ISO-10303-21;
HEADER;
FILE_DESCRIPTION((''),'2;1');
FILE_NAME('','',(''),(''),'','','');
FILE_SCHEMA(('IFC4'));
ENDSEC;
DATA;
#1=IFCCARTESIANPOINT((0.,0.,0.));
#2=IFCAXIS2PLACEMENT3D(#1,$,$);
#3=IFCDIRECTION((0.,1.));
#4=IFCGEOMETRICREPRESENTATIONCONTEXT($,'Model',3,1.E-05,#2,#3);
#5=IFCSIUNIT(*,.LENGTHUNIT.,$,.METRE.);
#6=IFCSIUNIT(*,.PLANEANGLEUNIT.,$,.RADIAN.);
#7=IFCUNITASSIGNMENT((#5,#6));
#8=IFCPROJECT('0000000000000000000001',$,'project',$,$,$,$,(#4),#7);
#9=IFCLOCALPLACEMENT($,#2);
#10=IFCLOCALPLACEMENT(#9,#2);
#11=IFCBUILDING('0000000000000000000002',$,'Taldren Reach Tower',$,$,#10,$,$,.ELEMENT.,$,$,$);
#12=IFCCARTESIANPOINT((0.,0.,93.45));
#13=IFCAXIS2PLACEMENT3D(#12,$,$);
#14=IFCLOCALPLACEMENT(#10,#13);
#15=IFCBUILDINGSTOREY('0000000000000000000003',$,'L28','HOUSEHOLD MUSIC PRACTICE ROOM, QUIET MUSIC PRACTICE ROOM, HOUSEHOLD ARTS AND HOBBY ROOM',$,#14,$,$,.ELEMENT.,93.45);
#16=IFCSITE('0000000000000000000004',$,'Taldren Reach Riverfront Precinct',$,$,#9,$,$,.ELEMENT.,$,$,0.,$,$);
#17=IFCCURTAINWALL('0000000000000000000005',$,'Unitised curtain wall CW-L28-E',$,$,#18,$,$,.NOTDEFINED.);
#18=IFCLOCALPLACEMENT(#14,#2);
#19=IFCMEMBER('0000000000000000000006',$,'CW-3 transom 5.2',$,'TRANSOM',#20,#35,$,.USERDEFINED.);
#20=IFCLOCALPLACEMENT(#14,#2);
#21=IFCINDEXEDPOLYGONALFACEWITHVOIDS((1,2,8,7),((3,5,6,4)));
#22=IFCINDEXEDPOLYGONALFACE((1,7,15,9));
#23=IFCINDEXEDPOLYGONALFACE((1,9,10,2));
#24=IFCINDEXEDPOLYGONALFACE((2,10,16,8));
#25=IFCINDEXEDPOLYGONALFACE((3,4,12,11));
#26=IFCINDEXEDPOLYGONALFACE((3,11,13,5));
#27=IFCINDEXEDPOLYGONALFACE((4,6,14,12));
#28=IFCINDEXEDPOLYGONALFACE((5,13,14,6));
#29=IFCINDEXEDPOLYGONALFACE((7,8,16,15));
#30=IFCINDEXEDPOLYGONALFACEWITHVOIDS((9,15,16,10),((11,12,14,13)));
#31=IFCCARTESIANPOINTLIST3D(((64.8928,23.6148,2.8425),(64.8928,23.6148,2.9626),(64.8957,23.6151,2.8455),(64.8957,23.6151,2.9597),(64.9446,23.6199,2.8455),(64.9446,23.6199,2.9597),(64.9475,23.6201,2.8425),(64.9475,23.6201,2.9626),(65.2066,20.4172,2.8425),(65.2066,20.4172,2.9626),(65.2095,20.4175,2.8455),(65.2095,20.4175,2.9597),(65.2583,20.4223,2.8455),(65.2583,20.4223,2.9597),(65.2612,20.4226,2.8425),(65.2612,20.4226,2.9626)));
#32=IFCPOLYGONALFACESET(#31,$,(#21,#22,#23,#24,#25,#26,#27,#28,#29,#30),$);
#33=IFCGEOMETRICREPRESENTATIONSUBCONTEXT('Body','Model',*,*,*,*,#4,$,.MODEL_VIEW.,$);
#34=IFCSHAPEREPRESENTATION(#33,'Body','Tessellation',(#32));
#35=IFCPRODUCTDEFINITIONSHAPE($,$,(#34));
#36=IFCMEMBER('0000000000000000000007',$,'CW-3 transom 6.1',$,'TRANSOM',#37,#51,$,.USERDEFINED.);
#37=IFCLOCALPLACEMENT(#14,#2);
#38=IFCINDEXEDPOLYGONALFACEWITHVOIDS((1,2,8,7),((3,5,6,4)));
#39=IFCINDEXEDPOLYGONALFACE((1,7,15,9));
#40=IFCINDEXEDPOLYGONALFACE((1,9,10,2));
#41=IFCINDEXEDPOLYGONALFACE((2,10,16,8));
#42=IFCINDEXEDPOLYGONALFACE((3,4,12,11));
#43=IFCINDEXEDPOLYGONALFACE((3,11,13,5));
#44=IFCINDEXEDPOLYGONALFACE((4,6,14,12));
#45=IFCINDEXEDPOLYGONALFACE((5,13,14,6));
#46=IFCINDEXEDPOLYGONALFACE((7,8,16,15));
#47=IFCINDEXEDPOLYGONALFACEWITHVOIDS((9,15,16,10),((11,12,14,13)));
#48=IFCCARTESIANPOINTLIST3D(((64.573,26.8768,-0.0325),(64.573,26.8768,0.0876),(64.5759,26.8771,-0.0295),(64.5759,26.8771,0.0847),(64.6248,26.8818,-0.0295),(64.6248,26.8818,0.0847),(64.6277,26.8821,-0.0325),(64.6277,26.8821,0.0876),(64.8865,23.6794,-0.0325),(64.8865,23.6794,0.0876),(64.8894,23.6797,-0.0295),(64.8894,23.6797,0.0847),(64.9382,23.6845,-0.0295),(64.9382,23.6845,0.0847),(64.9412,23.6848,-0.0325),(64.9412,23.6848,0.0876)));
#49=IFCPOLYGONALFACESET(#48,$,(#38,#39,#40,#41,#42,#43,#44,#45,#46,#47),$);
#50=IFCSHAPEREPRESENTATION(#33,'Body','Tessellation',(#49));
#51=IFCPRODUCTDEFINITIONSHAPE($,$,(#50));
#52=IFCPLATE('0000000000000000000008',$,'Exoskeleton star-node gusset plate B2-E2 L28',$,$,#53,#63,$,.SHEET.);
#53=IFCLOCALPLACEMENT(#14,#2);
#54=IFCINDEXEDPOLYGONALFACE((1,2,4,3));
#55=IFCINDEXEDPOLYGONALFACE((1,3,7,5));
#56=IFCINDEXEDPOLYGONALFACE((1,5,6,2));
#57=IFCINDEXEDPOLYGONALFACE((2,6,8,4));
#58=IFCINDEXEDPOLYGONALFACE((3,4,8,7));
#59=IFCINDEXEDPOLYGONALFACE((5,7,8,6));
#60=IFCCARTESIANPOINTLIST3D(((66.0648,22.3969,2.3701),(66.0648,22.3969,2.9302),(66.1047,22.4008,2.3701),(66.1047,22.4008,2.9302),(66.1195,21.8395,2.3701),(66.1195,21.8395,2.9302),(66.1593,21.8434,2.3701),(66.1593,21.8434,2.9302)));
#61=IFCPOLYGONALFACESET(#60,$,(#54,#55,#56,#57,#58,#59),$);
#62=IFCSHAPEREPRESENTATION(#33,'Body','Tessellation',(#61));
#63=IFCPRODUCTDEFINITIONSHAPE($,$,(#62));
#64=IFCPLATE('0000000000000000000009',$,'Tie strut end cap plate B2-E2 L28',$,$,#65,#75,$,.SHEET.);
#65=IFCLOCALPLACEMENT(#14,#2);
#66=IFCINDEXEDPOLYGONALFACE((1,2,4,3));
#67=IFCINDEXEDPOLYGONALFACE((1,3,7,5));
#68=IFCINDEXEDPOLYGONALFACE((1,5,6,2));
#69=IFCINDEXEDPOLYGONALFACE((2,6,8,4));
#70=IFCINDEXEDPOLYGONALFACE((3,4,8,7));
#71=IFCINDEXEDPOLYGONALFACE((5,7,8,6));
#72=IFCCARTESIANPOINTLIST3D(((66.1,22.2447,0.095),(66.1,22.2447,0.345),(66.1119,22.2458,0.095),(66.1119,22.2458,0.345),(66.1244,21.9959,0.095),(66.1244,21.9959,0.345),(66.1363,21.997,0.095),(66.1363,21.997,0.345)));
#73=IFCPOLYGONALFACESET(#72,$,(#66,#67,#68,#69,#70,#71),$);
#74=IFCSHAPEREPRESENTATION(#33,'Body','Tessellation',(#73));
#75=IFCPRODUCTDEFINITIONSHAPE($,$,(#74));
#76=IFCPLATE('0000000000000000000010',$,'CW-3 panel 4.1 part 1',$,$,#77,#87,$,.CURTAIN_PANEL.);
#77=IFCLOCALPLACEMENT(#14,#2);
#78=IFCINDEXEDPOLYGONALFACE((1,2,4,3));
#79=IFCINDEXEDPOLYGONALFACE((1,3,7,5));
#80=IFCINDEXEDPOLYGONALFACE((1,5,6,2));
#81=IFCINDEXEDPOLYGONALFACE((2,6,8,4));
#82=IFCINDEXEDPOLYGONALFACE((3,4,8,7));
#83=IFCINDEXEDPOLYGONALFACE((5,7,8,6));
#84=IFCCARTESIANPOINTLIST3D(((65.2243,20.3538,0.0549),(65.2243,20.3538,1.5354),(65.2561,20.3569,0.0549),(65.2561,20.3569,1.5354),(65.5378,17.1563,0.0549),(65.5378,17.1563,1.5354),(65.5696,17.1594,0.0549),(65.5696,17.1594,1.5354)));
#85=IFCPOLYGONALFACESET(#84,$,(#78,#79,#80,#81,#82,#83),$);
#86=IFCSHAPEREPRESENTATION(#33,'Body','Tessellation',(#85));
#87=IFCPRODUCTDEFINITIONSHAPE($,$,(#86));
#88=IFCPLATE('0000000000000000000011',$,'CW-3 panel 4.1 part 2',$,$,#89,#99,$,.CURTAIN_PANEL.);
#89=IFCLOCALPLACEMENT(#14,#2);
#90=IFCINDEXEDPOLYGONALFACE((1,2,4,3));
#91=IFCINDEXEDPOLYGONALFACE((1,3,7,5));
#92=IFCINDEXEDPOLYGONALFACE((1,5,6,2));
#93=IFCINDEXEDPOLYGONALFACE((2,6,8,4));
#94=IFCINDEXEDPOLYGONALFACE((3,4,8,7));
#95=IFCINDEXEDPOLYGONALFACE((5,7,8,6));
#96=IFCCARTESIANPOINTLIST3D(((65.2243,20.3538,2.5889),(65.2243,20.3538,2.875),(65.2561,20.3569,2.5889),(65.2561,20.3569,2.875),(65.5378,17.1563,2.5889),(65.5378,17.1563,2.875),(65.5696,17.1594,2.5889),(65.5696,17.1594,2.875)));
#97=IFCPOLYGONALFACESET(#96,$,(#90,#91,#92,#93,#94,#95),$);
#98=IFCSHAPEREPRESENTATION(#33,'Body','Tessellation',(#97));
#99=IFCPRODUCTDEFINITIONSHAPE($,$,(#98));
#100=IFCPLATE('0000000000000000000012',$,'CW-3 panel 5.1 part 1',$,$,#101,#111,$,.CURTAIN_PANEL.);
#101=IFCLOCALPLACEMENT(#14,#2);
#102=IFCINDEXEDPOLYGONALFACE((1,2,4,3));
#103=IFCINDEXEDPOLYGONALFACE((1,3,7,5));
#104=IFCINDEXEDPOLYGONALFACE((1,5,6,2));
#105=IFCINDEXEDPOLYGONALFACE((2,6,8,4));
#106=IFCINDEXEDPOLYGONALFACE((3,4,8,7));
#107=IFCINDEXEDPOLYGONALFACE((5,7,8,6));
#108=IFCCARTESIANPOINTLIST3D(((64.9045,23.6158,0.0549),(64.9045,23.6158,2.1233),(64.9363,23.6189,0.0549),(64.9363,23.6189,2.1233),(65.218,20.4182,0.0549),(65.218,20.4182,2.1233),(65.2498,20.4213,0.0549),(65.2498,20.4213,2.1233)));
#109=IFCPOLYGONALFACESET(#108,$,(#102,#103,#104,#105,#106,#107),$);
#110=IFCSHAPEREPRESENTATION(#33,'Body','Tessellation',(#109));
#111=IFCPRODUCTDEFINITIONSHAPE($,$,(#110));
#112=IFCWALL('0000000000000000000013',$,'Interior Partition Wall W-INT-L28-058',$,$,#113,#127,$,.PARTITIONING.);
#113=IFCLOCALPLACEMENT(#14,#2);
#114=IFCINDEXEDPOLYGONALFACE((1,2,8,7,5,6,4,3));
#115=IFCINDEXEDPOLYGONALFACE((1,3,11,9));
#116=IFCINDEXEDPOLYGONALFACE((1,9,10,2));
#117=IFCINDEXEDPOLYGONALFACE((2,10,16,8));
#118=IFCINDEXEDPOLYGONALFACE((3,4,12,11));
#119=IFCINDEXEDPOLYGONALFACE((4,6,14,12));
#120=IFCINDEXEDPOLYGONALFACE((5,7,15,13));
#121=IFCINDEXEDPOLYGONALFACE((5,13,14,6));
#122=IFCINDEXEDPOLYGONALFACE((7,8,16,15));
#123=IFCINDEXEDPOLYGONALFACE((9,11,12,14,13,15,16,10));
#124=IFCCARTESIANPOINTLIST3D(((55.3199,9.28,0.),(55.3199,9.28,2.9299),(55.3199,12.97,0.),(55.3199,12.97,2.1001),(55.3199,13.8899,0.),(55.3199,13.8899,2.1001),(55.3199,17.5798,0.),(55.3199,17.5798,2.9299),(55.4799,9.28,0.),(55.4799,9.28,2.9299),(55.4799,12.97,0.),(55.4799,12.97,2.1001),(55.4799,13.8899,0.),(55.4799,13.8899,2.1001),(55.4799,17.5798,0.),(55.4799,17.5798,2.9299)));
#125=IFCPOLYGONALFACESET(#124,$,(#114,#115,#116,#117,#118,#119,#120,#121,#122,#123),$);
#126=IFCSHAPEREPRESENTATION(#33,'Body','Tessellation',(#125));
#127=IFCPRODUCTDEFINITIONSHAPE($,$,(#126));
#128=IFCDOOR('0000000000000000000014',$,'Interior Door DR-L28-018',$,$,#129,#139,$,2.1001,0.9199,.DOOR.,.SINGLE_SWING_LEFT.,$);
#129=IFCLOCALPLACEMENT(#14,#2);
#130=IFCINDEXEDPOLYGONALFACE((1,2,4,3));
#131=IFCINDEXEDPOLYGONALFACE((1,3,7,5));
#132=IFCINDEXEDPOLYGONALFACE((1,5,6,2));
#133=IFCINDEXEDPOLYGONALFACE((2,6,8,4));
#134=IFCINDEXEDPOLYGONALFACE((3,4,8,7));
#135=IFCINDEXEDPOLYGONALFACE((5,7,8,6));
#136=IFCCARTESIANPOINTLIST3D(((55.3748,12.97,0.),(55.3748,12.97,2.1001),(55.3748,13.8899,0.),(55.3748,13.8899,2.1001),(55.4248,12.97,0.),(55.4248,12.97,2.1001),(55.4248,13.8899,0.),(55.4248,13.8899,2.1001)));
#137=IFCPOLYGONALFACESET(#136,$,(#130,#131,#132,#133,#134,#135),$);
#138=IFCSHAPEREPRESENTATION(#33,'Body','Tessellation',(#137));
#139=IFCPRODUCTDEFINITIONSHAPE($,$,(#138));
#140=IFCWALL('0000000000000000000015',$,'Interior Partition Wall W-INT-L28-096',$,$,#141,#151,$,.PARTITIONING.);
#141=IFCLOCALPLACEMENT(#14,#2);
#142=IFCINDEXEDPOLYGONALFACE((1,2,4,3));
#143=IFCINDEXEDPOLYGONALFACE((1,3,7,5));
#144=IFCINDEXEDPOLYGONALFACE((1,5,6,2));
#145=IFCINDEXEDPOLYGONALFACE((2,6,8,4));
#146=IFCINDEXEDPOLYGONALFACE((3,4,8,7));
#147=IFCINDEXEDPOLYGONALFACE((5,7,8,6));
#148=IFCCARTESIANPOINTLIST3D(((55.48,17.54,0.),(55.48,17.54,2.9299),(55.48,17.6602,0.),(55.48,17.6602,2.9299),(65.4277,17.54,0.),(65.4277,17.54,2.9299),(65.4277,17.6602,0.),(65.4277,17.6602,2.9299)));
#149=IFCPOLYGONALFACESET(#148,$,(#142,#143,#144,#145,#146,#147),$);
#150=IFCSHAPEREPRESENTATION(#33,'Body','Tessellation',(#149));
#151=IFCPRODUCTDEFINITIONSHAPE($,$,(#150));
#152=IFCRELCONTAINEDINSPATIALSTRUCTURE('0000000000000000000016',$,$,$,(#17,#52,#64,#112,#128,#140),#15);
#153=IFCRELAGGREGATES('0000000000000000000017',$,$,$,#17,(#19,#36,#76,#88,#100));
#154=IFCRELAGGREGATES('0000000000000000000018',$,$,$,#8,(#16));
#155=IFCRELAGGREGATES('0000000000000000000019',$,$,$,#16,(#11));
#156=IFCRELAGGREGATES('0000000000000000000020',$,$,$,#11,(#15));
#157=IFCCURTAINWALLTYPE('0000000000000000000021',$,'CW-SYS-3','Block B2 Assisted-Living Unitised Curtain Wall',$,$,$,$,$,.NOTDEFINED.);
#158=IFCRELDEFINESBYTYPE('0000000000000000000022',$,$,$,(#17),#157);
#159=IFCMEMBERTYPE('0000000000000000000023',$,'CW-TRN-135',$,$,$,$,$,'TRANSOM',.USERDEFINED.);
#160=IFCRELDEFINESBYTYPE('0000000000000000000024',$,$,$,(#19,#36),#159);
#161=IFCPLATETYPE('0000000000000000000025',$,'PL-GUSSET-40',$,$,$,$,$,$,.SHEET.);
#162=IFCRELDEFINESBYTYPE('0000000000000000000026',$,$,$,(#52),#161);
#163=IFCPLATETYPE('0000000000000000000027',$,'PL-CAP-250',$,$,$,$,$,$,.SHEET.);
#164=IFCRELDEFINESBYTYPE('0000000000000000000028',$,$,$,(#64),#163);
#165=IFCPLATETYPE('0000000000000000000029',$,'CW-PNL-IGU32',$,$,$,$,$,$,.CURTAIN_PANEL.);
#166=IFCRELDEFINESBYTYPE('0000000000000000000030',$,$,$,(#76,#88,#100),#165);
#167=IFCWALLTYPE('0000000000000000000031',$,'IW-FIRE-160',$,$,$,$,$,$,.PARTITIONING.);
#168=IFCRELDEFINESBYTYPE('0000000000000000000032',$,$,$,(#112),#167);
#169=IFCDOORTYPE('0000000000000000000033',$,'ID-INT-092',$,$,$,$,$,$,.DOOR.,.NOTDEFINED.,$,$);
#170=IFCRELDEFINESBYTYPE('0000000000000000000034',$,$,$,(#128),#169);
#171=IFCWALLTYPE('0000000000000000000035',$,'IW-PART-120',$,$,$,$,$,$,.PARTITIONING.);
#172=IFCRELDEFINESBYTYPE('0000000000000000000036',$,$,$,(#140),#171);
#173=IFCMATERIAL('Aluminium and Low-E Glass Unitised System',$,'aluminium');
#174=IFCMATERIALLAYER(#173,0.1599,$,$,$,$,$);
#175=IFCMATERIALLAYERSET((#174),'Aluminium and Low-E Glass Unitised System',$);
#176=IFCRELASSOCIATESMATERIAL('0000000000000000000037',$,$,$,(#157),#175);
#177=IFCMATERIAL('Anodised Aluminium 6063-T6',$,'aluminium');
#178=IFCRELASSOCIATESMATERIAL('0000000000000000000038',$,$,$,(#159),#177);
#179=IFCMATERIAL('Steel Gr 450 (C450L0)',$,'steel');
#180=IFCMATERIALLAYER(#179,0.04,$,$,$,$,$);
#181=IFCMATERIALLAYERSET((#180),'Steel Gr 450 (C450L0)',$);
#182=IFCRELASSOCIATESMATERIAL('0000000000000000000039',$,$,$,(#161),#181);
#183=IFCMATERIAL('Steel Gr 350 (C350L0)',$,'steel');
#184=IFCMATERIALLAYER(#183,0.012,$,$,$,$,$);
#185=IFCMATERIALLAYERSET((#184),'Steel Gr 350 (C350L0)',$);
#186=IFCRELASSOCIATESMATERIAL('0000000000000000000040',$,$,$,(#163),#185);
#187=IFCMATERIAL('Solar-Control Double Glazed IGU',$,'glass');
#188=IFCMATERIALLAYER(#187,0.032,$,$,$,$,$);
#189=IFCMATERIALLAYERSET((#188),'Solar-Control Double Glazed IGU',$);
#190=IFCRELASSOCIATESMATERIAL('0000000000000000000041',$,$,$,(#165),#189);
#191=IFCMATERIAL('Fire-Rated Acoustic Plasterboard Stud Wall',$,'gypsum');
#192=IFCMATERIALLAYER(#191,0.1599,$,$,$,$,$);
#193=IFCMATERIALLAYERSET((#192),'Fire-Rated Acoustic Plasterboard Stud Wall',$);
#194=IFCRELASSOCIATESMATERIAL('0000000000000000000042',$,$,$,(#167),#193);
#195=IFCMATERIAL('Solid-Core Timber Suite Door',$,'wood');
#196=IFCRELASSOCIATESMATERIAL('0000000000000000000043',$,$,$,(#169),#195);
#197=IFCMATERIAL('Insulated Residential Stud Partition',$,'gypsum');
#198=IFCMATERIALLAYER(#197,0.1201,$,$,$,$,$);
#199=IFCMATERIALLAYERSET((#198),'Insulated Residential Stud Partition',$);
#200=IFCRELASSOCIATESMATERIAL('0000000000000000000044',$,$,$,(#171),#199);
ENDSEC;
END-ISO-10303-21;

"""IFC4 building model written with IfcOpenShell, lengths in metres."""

from ifc_helpers import new_model, si_unit, direction, frame, frame_2d, origin, origin_2d, place, context, subcontext, project, spatial, rectangle, hollow_rectangle, extrude, source, transform, mapped, material, layer, layer_set, material_profile, profile_set, type_object, element, fill, aggregate, save


model = new_model("IFC4")

# Units and contexts
model_context = context("Model", 3, precision=1e-05, world=origin(), true_north=direction((0.0, 1.0)))
body_context = subcontext(model_context, "Body", "Model", "MODEL_VIEW")
ifc_project = project(units=[si_unit("LENGTHUNIT", "METRE"), si_unit("PLANEANGLEUNIT", "RADIAN")], contexts=[model_context])

# Site, building, storey
site_placement = place(None, origin())
site = spatial("IfcSite", under=ifc_project, at=site_placement, Name="Taldren Reach Riverfront Precinct", CompositionType="ELEMENT", RefElevation=0.0)
building_placement = place(site_placement, origin())
building = spatial("IfcBuilding", under=site, at=building_placement, Name="Taldren Reach Tower", CompositionType="ELEMENT")
storey_placement = place(building_placement, frame((0.0, 0.0, 93.45)))
storey = spatial("IfcBuildingStorey", under=building, at=storey_placement, Name="L28", Description="HOUSEHOLD MUSIC PRACTICE ROOM, QUIET MUSIC PRACTICE ROOM, HOUSEHOLD ARTS AND HOBBY ROOM", CompositionType="ELEMENT", Elevation=93.45)

# Shared definitions
ifc_material_1 = material(Name="Steel Gr 450 (C450L0)", Category="steel")
ifc_material_2 = material(Name="Steel Gr 350 (C350L0)", Category="steel")

# Curtain wall, members
ifc_material_3 = material(Name="Aluminium and Low-E Glass Unitised System", Category="aluminium")
ifc_layer_1 = layer(ifc_material_3, 0.1599)
ifc_layer_set_1 = layer_set([ifc_layer_1], Name="Aluminium and Low-E Glass Unitised System")
curtain_wall_type = type_object("IfcCurtainWallType", Name="CW-SYS-3", Description="Block B2 Assisted-Living Unitised Curtain Wall", PredefinedType="NOTDEFINED", material=ifc_layer_set_1)
curtain_wall_placement = place(storey_placement, origin())
curtain_wall = element("IfcCurtainWall", 1, at=curtain_wall_placement, inside=storey, type_object=curtain_wall_type, Name="Unitised curtain wall CW-L28-E", PredefinedType="NOTDEFINED")
ifc_material_4 = material(Name="Anodised Aluminium 6063-T6", Category="aluminium")
ifc_material_profile_1 = material_profile(ifc_material_4, hollow_rectangle(XDim=0.0549, YDim=0.1201, WallThickness=0.0029, at=origin_2d()), Name="ALU-120x55x3RHS")
ifc_profile_set_1 = profile_set([ifc_material_profile_1], Name="Anodised Aluminium 6063-T6")
member_type_1 = type_object("IfcMemberType", Name="CW-TRN-135", ElementType="TRANSOM", PredefinedType="USERDEFINED", material=ifc_profile_set_1)
shared_shape_1 = source(origin(), body_context, "Body", "SweptSolid", [
    extrude(hollow_rectangle(XDim=0.0549, YDim=0.1201, WallThickness=0.0029, at=origin_2d()), origin(), (0.0, 0.0, 1.0), 3.2129),
])
member_1_placement = place(storey_placement, frame((65.2339, 20.4199, 2.9026), z_axis=(-0.097645, 0.995221, 0.0), x_axis=(-0.995221, -0.097645, 0.0)))
member_1 = element("IfcMember", 2, at=member_1_placement, type_object=member_type_1, Name="CW-3 transom 5.2", ObjectType="TRANSOM", PredefinedType="USERDEFINED", context=body_context, shape_type="MappedRepresentation", body=[
    mapped(shared_shape_1, transform((0.0, 0.0, 0.0), scale=1.0)),
])
shared_shape_2 = source(origin(), body_context, "Body", "SweptSolid", [
    extrude(hollow_rectangle(XDim=0.0549, YDim=0.1201, WallThickness=0.0029, at=origin_2d()), origin(), (0.0, 0.0, 1.0), 3.2126),
])
member_2_placement = place(storey_placement, frame((64.9138, 23.6821, 0.0276), z_axis=(-0.097577, 0.995228, 0.0), x_axis=(-0.995228, -0.097577, 0.0)))
member_2 = element("IfcMember", 3, at=member_2_placement, type_object=member_type_1, Name="CW-3 transom 6.1", ObjectType="TRANSOM", PredefinedType="USERDEFINED", context=body_context, shape_type="MappedRepresentation", body=[
    mapped(shared_shape_2, transform((0.0, 0.0, 0.0), scale=1.0)),
])

# Plates
ifc_layer_2 = layer(ifc_material_1, 0.04)
ifc_layer_set_2 = layer_set([ifc_layer_2], Name="Steel Gr 450 (C450L0)")
plate_type_1 = type_object("IfcPlateType", Name="PL-GUSSET-40", PredefinedType="SHEET", material=ifc_layer_set_2)
shared_shape_3 = source(origin(), body_context, "Body", "SweptSolid", [
    extrude(rectangle(XDim=0.5601, YDim=0.04, at=origin_2d()), origin(), (0.0, 0.0, 1.0), 0.5601),
])
plate_1_placement = place(storey_placement, frame((66.1121, 22.1201, 2.3701), z_axis=(0.0, 0.0, 1.0), x_axis=(-0.097583, 0.995227, 0.0)))
element("IfcPlate", 4, at=plate_1_placement, inside=storey, type_object=plate_type_1, Name="Exoskeleton star-node gusset plate B2-E2 L28", PredefinedType="SHEET", context=body_context, shape_type="MappedRepresentation", body=[
    mapped(shared_shape_3, transform((0.0, 0.0, 0.0), scale=1.0)),
])
ifc_layer_3 = layer(ifc_material_2, 0.012)
ifc_layer_set_3 = layer_set([ifc_layer_3], Name="Steel Gr 350 (C350L0)")
plate_type_2 = type_object("IfcPlateType", Name="PL-CAP-250", PredefinedType="SHEET", material=ifc_layer_set_3)
shared_shape_4 = source(origin(), body_context, "Body", "SweptSolid", [
    extrude(rectangle(XDim=0.012, YDim=0.25, at=origin_2d()), origin(), (0.0, 0.0, 1.0), 0.25),
])
plate_2_placement = place(storey_placement, frame((66.1182, 22.1208, 0.095), z_axis=(0.0, 0.0, 1.0), x_axis=(0.995227, 0.097583, 0.0)))
element("IfcPlate", 5, at=plate_2_placement, inside=storey, type_object=plate_type_2, Name="Tie strut end cap plate B2-E2 L28", PredefinedType="SHEET", context=body_context, shape_type="MappedRepresentation", body=[
    mapped(shared_shape_4, transform((0.0, 0.0, 0.0), scale=1.0)),
])

# Plates
ifc_material_5 = material(Name="Solar-Control Double Glazed IGU", Category="glass")
ifc_layer_4 = layer(ifc_material_5, 0.032)
ifc_layer_set_4 = layer_set([ifc_layer_4], Name="Solar-Control Double Glazed IGU")
plate_type_3 = type_object("IfcPlateType", Name="CW-PNL-IGU32", PredefinedType="CURTAIN_PANEL", material=ifc_layer_set_4)
shared_shape_5 = source(origin(), body_context, "Body", "SweptSolid", [
    extrude(rectangle(XDim=3.2129, YDim=0.032, at=origin_2d()), origin(), (0.0, 0.0, 1.0), 1.4805),
])
plate_3_placement = place(storey_placement, frame((65.397, 18.7566, 0.0549), z_axis=(0.0, 0.0, 1.0), x_axis=(-0.097583, 0.995227, 0.0)))
plate_3 = element("IfcPlate", 6, at=plate_3_placement, type_object=plate_type_3, Name="CW-3 panel 4.1 part 1", PredefinedType="CURTAIN_PANEL", context=body_context, shape_type="MappedRepresentation", body=[
    mapped(shared_shape_5, transform((0.0, 0.0, 0.0), scale=1.0)),
])
shared_shape_6 = source(origin(), body_context, "Body", "SweptSolid", [
    extrude(rectangle(XDim=3.2129, YDim=0.032, at=origin_2d()), origin(), (0.0, 0.0, 1.0), 0.2861),
])
plate_4_placement = place(storey_placement, frame((65.397, 18.7566, 2.5889), z_axis=(0.0, 0.0, 1.0), x_axis=(-0.097583, 0.995227, 0.0)))
plate_4 = element("IfcPlate", 7, at=plate_4_placement, type_object=plate_type_3, Name="CW-3 panel 4.1 part 2", PredefinedType="CURTAIN_PANEL", context=body_context, shape_type="MappedRepresentation", body=[
    mapped(shared_shape_6, transform((0.0, 0.0, 0.0), scale=1.0)),
])
shared_shape_7 = source(origin(), body_context, "Body", "SweptSolid", [
    extrude(rectangle(XDim=3.2129, YDim=0.032, at=origin_2d()), origin(), (0.0, 0.0, 1.0), 2.0684),
])
plate_5_placement = place(storey_placement, frame((65.0771, 22.0186, 0.0549), z_axis=(0.0, 0.0, 1.0), x_axis=(-0.097583, 0.995227, 0.0)))
plate_5 = element("IfcPlate", 8, at=plate_5_placement, type_object=plate_type_3, Name="CW-3 panel 5.1 part 1", PredefinedType="CURTAIN_PANEL", context=body_context, shape_type="MappedRepresentation", body=[
    mapped(shared_shape_7, transform((0.0, 0.0, 0.0), scale=1.0)),
])
aggregate(curtain_wall, [member_1, member_2, plate_3, plate_4, plate_5])

# Wall, opening, door
ifc_material_6 = material(Name="Fire-Rated Acoustic Plasterboard Stud Wall", Category="gypsum")
ifc_layer_5 = layer(ifc_material_6, 0.1599)
ifc_layer_set_5 = layer_set([ifc_layer_5], Name="Fire-Rated Acoustic Plasterboard Stud Wall")
wall_type_1 = type_object("IfcWallType", Name="IW-FIRE-160", PredefinedType="PARTITIONING", material=ifc_layer_set_5)
shared_shape_8 = source(origin(), body_context, "Body", "SweptSolid", [
    extrude(rectangle(XDim=8.2998, YDim=0.1599, at=frame_2d((4.1499, 0.0))), origin(), (0.0, 0.0, 1.0), 2.9299),
])
wall_1_placement = place(storey_placement, frame((55.3999, 17.5798, 0.0), z_axis=(0.0, 0.0, 1.0), x_axis=(0.0, -1.0, 0.0)))
wall_1 = element("IfcWall", 9, at=wall_1_placement, inside=storey, type_object=wall_type_1, Name="Interior Partition Wall W-INT-L28-058", PredefinedType="PARTITIONING", context=body_context, shape_type="MappedRepresentation", body=[
    mapped(shared_shape_8, transform((0.0, 0.0, 0.0), scale=1.0)),
])
shared_shape_9 = source(origin(), body_context, "Body", "SweptSolid", [
    extrude(rectangle(XDim=0.9199, YDim=2.1001, at=frame_2d((0.46, 1.05))), frame((0.0, 0.0898, 0.0), z_axis=(0.0, -1.0, 0.0), x_axis=(1.0, 0.0, 0.0)), (0.0, 0.0, 1.0), 0.1799),
])
opening_placement = place(wall_1_placement, frame((3.6899, 0.0, 0.0)))
opening = element("IfcOpeningElement", 10, at=opening_placement, cuts=wall_1, PredefinedType="OPENING", context=body_context, shape_type="MappedRepresentation", body=[
    mapped(shared_shape_9, transform((0.0, 0.0, 0.0), scale=1.0)),
])
ifc_material_7 = material(Name="Solid-Core Timber Suite Door", Category="wood")
door_type = type_object("IfcDoorType", Name="ID-INT-092", OperationType="NOTDEFINED", PredefinedType="DOOR", material=ifc_material_7)
shared_shape_10 = source(origin(), body_context, "Body", "SweptSolid", [
    extrude(rectangle(XDim=0.9199, YDim=2.1001, at=frame_2d((0.46, 1.05))), frame((0.0, 0.0249, 0.0), z_axis=(0.0, -1.0, 0.0), x_axis=(1.0, 0.0, 0.0)), (0.0, 0.0, 1.0), 0.05),
])
door_placement = place(opening_placement, origin())
door = element("IfcDoor", 11, at=door_placement, inside=storey, type_object=door_type, Name="Interior Door DR-L28-018", OperationType="SINGLE_SWING_LEFT", OverallHeight=2.1001, OverallWidth=0.9199, PredefinedType="DOOR", context=body_context, shape_type="MappedRepresentation", body=[
    mapped(shared_shape_10, transform((0.0, 0.0, 0.0), scale=1.0)),
])
fill(opening, door)

# Wall
ifc_material_8 = material(Name="Insulated Residential Stud Partition", Category="gypsum")
ifc_layer_6 = layer(ifc_material_8, 0.1201)
ifc_layer_set_6 = layer_set([ifc_layer_6], Name="Insulated Residential Stud Partition")
wall_type_2 = type_object("IfcWallType", Name="IW-PART-120", PredefinedType="PARTITIONING", material=ifc_layer_set_6)
shared_shape_11 = source(origin(), body_context, "Body", "SweptSolid", [
    extrude(rectangle(XDim=9.9478, YDim=0.1201, at=frame_2d((4.9739, 0.0))), origin(), (0.0, 0.0, 1.0), 2.9299),
])
wall_2_placement = place(storey_placement, frame((55.48, 17.6001, 0.0), z_axis=(0.0, 0.0, 1.0), x_axis=(1.0, 0.0, 0.0)))
element("IfcWall", 12, at=wall_2_placement, inside=storey, type_object=wall_type_2, Name="Interior Partition Wall W-INT-L28-096", PredefinedType="PARTITIONING", context=body_context, shape_type="MappedRepresentation", body=[
    mapped(shared_shape_11, transform((0.0, 0.0, 0.0), scale=1.0)),
])

save(model, "model.ifc")
